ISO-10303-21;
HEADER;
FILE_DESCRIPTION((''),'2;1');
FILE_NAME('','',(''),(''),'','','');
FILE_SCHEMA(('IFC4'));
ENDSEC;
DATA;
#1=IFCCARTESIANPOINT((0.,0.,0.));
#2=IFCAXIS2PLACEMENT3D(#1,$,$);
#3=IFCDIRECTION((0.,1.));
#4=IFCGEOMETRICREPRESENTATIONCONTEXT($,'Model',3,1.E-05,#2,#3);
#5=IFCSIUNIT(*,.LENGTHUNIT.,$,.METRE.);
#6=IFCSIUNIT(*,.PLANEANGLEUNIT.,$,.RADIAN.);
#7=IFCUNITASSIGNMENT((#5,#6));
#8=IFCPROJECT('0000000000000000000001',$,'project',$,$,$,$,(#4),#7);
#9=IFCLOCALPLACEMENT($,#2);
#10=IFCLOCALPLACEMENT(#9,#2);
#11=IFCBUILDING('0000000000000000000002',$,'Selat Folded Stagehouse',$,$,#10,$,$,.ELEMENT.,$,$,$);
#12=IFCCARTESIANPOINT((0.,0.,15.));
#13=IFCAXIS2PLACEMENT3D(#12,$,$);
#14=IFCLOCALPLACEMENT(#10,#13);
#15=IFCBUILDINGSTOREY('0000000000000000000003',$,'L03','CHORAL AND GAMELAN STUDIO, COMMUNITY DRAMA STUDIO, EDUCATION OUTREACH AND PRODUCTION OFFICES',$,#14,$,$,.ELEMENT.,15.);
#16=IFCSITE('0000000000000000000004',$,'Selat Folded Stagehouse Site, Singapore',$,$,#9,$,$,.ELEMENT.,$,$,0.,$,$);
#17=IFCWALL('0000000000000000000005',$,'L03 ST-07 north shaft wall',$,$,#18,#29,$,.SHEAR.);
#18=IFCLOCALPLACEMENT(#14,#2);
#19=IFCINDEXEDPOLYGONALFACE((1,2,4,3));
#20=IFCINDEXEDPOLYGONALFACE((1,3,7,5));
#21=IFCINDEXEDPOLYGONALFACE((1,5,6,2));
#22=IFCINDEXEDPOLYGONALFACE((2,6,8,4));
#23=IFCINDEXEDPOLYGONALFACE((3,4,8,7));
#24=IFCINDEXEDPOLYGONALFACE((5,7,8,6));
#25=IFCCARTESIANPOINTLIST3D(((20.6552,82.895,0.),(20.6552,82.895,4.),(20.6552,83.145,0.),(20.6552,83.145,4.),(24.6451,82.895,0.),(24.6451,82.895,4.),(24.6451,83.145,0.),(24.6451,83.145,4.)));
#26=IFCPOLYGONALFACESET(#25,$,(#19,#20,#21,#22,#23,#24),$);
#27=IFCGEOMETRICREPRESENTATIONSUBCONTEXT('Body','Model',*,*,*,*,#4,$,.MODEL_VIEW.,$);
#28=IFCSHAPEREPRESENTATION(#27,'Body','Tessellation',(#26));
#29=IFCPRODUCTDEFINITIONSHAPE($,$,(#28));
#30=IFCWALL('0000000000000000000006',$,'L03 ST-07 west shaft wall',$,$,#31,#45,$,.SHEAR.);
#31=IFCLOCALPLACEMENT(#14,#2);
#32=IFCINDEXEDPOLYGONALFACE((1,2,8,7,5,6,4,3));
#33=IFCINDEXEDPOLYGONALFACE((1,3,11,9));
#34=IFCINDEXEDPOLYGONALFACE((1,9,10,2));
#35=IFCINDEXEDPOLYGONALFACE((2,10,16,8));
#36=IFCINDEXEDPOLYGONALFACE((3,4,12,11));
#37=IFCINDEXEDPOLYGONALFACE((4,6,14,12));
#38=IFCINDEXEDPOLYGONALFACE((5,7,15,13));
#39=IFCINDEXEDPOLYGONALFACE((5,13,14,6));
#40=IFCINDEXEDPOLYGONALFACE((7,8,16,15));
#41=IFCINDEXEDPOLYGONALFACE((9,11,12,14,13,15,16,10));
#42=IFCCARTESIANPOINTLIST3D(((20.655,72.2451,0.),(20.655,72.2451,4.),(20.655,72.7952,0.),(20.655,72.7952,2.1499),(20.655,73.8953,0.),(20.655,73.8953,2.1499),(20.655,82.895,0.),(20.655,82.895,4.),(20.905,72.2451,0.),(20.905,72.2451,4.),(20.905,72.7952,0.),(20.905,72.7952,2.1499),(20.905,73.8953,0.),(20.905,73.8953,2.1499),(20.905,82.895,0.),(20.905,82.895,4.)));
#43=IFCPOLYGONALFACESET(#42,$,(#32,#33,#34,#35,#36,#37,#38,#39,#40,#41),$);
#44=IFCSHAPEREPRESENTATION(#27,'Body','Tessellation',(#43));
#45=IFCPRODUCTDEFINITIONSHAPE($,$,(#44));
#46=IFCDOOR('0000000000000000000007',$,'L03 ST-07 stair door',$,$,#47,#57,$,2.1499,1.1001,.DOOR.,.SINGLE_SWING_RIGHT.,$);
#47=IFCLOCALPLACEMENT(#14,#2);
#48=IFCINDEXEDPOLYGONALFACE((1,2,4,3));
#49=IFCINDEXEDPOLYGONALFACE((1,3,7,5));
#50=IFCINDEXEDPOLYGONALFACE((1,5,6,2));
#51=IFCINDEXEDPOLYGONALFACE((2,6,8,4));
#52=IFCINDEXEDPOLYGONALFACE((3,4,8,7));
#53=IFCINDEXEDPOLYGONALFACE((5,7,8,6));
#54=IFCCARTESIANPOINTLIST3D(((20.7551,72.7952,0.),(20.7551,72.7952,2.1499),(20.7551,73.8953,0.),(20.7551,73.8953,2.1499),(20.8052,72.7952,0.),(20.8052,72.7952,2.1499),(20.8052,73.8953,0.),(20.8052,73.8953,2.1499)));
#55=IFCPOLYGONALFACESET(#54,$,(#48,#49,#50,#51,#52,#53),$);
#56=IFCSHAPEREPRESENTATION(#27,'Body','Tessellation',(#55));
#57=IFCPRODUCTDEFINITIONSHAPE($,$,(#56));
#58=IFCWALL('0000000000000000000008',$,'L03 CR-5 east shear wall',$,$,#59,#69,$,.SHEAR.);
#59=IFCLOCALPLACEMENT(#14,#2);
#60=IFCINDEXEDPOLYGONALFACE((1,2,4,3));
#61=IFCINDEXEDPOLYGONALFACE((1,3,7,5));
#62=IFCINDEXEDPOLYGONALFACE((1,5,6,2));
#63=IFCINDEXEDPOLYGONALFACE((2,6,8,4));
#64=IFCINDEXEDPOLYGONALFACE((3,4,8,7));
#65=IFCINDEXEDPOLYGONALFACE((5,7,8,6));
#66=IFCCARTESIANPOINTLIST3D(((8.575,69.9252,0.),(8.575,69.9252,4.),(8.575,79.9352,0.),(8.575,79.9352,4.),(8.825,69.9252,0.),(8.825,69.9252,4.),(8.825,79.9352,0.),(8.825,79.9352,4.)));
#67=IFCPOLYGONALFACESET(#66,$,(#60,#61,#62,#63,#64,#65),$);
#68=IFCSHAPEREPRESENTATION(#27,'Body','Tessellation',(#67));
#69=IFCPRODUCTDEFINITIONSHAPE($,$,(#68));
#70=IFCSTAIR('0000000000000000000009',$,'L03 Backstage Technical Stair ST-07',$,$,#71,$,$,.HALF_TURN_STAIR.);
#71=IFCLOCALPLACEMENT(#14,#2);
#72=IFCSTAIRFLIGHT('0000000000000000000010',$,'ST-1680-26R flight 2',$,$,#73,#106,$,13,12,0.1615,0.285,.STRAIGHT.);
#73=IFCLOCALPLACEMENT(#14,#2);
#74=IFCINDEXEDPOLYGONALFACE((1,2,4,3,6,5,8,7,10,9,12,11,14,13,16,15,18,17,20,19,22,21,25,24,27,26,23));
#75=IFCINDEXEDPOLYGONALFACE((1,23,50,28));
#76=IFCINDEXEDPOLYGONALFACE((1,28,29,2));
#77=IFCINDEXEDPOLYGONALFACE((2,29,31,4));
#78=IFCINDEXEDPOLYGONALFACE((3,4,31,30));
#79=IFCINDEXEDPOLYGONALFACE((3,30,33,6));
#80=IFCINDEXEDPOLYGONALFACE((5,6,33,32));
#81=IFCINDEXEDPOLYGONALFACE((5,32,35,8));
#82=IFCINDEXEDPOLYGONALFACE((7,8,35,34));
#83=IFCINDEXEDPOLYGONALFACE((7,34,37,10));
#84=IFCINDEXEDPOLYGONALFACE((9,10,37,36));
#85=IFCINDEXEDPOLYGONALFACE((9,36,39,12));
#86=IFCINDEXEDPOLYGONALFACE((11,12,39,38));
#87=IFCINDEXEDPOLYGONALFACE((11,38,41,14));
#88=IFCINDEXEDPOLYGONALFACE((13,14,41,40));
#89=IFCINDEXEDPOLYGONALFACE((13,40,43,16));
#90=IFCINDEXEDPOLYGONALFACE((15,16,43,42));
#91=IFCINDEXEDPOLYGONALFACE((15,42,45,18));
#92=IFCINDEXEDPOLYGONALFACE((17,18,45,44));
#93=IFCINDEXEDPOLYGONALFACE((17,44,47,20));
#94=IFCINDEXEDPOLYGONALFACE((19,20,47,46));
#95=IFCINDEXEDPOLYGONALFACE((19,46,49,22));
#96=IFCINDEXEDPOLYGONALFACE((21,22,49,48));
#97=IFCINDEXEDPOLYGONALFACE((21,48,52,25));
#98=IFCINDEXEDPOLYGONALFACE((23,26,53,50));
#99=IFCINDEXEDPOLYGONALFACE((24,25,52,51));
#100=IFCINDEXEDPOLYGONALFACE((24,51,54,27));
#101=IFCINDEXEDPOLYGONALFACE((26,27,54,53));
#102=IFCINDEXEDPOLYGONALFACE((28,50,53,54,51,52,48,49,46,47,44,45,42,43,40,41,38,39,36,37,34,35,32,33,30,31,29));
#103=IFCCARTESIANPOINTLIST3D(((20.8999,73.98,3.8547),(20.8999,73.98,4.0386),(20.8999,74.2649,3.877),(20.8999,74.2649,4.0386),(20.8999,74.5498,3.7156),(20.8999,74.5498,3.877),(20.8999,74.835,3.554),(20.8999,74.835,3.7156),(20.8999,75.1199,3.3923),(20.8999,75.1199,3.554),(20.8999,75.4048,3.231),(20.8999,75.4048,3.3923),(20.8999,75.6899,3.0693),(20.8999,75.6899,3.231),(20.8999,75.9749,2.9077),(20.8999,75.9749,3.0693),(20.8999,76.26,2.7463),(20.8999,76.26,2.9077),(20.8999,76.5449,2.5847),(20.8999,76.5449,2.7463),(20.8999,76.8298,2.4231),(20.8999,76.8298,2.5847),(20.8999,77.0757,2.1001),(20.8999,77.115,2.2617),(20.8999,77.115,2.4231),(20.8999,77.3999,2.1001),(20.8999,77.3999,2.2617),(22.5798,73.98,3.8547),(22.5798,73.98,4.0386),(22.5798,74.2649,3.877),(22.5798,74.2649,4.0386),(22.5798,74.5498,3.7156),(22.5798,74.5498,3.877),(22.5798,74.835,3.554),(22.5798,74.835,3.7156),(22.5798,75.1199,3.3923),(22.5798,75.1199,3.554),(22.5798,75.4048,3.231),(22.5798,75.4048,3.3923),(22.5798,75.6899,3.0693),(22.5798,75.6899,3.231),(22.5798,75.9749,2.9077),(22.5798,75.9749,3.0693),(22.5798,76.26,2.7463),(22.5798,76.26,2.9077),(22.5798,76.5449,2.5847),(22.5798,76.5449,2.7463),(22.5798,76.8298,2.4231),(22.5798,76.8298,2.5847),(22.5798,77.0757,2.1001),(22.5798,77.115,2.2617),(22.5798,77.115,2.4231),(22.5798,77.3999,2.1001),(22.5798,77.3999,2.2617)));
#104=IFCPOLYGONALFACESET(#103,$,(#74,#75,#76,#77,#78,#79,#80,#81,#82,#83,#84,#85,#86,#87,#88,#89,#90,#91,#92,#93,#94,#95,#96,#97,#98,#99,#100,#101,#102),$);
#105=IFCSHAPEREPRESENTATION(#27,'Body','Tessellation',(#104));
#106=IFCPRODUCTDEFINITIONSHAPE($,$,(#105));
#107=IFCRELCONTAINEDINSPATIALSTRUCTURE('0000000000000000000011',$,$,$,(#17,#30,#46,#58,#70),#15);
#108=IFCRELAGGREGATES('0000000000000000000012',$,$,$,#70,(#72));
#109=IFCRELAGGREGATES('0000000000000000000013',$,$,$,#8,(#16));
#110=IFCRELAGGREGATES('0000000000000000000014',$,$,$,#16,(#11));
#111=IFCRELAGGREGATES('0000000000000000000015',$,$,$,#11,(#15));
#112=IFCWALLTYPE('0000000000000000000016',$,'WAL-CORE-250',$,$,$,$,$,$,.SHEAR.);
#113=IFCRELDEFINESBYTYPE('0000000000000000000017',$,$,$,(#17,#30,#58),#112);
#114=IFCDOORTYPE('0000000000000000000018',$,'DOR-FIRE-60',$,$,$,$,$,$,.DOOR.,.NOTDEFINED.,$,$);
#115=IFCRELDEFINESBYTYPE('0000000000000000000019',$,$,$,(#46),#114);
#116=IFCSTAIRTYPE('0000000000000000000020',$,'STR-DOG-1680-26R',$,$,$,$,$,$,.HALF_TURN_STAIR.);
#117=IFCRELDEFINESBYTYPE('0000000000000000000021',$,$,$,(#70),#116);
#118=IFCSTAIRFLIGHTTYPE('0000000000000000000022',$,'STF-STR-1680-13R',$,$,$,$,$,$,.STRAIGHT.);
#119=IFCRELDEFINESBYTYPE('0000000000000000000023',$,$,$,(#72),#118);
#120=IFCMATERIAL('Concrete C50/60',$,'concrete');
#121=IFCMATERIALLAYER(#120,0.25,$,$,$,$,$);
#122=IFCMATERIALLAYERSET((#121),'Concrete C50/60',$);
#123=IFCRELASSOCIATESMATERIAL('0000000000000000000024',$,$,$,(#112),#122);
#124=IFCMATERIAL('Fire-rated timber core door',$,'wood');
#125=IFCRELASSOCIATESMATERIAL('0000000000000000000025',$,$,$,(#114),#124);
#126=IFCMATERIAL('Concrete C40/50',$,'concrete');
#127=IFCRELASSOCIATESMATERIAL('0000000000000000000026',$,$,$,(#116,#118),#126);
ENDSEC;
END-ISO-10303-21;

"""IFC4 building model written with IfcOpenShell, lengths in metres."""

from ifc_helpers import new_model, si_unit, direction, frame, frame_2d, origin, place, context, subcontext, project, spatial, polyline, rectangle, outline, extrude, material, layer, layer_set, type_object, element, fill, aggregate, save


model = new_model("IFC4")

# Units and contexts
model_context = context("Model", 3, precision=1e-05, world=origin(), true_north=direction((0.0, 1.0)))
body_context = subcontext(model_context, "Body", "Model", "MODEL_VIEW")
ifc_project = project(units=[si_unit("LENGTHUNIT", "METRE"), si_unit("PLANEANGLEUNIT", "RADIAN")], contexts=[model_context])

# Site, building, storey
site_placement = place(None, origin())
site = spatial("IfcSite", under=ifc_project, at=site_placement, Name="Selat Folded Stagehouse Site, Singapore", CompositionType="ELEMENT", RefElevation=0.0)
building_placement = place(site_placement, origin())
building = spatial("IfcBuilding", under=site, at=building_placement, Name="Selat Folded Stagehouse", CompositionType="ELEMENT")
storey_placement = place(building_placement, frame((0.0, 0.0, 15.0)))
storey = spatial("IfcBuildingStorey", under=building, at=storey_placement, Name="L03", Description="CHORAL AND GAMELAN STUDIO, COMMUNITY DRAMA STUDIO, EDUCATION OUTREACH AND PRODUCTION OFFICES", CompositionType="ELEMENT", Elevation=15.0)

# Wall
ifc_material_1 = material(Name="Concrete C50/60", Category="concrete")
ifc_layer_1 = layer(ifc_material_1, 0.25)
ifc_layer_set_1 = layer_set([ifc_layer_1], Name="Concrete C50/60")
wall_type = type_object("IfcWallType", Name="WAL-CORE-250", PredefinedType="SHEAR", material=ifc_layer_set_1)
wall_1_placement = place(storey_placement, frame((20.655, 83.02, 0.0), z_axis=(0.0, 0.0, 1.0), x_axis=(1.0, 0.0, 0.0)))
element("IfcWall", 1, at=wall_1_placement, inside=storey, type_object=wall_type, Name="L03 ST-07 north shaft wall", PredefinedType="SHEAR", context=body_context, shape_type="SweptSolid", body=[
    extrude(rectangle(XDim=3.99, YDim=0.25, at=frame_2d((1.9951, 0.0))), origin(), (0.0, 0.0, 1.0), 4.0),
])

# Wall, opening, door
wall_2_placement = place(storey_placement, frame((20.78, 72.2451, 0.0), z_axis=(0.0, 0.0, 1.0), x_axis=(0.0, 1.0, 0.0)))
wall_2 = element("IfcWall", 2, at=wall_2_placement, inside=storey, type_object=wall_type, Name="L03 ST-07 west shaft wall", PredefinedType="SHEAR", context=body_context, shape_type="SweptSolid", body=[
    extrude(rectangle(XDim=10.6499, YDim=0.25, at=frame_2d((5.325, 0.0))), origin(), (0.0, 0.0, 1.0), 4.0),
])
opening_placement = place(wall_2_placement, frame((0.55, 0.0, 0.0)))
opening = element("IfcOpeningElement", 3, at=opening_placement, cuts=wall_2, PredefinedType="OPENING", context=body_context, shape_type="SweptSolid", body=[
    extrude(rectangle(XDim=1.1001, YDim=2.1499, at=frame_2d((0.55, 1.075))), frame((0.0, 0.135, 0.0), z_axis=(0.0, -1.0, 0.0), x_axis=(1.0, 0.0, 0.0)), (0.0, 0.0, 1.0), 0.27),
])
ifc_material_2 = material(Name="Fire-rated timber core door", Category="wood")
door_type = type_object("IfcDoorType", Name="DOR-FIRE-60", OperationType="NOTDEFINED", PredefinedType="DOOR", material=ifc_material_2)
door_placement = place(opening_placement, origin())
door = element("IfcDoor", 4, at=door_placement, inside=storey, type_object=door_type, Name="L03 ST-07 stair door", OperationType="SINGLE_SWING_RIGHT", OverallHeight=2.1499, OverallWidth=1.1001, PredefinedType="DOOR", context=body_context, shape_type="SweptSolid", body=[
    extrude(rectangle(XDim=1.1001, YDim=2.1499, at=frame_2d((0.55, 1.075))), frame((0.0, 0.0249, 0.0), z_axis=(0.0, -1.0, 0.0), x_axis=(1.0, 0.0, 0.0)), (0.0, 0.0, 1.0), 0.05),
])
fill(opening, door)

# Wall
wall_3_placement = place(storey_placement, frame((8.7, 79.9351, 0.0), z_axis=(0.0, 0.0, 1.0), x_axis=(0.0, -1.0, 0.0)))
element("IfcWall", 5, at=wall_3_placement, inside=storey, type_object=wall_type, Name="L03 CR-5 east shear wall", PredefinedType="SHEAR", context=body_context, shape_type="SweptSolid", body=[
    extrude(rectangle(XDim=10.01, YDim=0.25, at=frame_2d((5.0049, 0.0))), origin(), (0.0, 0.0, 1.0), 4.0),
])

# Stair, stair flight
ifc_material_3 = material(Name="Concrete C40/50", Category="concrete")
stair_type = type_object("IfcStairType", Name="STR-DOG-1680-26R", PredefinedType="HALF_TURN_STAIR", material=ifc_material_3)
stair_placement = place(storey_placement, origin())
stair = element("IfcStair", 6, at=stair_placement, inside=storey, type_object=stair_type, Name="L03 Backstage Technical Stair ST-07", PredefinedType="HALF_TURN_STAIR")
stair_flight_type = type_object("IfcStairFlightType", Name="STF-STR-1680-13R", PredefinedType="STRAIGHT", material=ifc_material_3)
stair_flight_placement = place(storey_placement, frame((21.74, 77.3999, 2.1001), z_axis=(0.0, 0.0, 1.0), x_axis=(0.0, -1.0, 0.0)))
stair_flight = element("IfcStairFlight", 7, at=stair_flight_placement, type_object=stair_flight_type, Name="ST-1680-26R flight 2", NumberOfRisers=13, NumberOfTreads=12, PredefinedType="STRAIGHT", RiserHeight=0.1615, TreadLength=0.285, context=body_context, shape_type="SweptSolid", body=[
    extrude(outline(polyline([(0.0, 0.0), (0.0, 0.1616), (0.2849, 0.1616), (0.2849, 0.323), (0.5701, 0.323), (0.5701, 0.4846), (0.855, 0.4846), (0.855, 0.6462), (1.1399, 0.6462), (1.1399, 0.8076), (1.425, 0.8076), (1.425, 0.9692), (1.71, 0.9692), (1.71, 1.1309), (1.9951, 1.1309), (1.9951, 1.2922), (2.28, 1.2922), (2.28, 1.4539), (2.5649, 1.4539), (2.5649, 1.6155), (2.8501, 1.6155), (2.8501, 1.7769), (3.135, 1.7769), (3.135, 1.9385), (3.4199, 1.9385), (3.4199, 2.1001), (3.4199, 1.7546), (0.3242, 0.0), (0.0, 0.0)])), frame((0.0, 0.8398, 0.0), z_axis=(0.0, -1.0, 0.0), x_axis=(1.0, 0.0, 0.0)), (0.0, 0.0, 1.0), 1.6799),
])
aggregate(stair, [stair_flight])

save(model, "model.ifc")
